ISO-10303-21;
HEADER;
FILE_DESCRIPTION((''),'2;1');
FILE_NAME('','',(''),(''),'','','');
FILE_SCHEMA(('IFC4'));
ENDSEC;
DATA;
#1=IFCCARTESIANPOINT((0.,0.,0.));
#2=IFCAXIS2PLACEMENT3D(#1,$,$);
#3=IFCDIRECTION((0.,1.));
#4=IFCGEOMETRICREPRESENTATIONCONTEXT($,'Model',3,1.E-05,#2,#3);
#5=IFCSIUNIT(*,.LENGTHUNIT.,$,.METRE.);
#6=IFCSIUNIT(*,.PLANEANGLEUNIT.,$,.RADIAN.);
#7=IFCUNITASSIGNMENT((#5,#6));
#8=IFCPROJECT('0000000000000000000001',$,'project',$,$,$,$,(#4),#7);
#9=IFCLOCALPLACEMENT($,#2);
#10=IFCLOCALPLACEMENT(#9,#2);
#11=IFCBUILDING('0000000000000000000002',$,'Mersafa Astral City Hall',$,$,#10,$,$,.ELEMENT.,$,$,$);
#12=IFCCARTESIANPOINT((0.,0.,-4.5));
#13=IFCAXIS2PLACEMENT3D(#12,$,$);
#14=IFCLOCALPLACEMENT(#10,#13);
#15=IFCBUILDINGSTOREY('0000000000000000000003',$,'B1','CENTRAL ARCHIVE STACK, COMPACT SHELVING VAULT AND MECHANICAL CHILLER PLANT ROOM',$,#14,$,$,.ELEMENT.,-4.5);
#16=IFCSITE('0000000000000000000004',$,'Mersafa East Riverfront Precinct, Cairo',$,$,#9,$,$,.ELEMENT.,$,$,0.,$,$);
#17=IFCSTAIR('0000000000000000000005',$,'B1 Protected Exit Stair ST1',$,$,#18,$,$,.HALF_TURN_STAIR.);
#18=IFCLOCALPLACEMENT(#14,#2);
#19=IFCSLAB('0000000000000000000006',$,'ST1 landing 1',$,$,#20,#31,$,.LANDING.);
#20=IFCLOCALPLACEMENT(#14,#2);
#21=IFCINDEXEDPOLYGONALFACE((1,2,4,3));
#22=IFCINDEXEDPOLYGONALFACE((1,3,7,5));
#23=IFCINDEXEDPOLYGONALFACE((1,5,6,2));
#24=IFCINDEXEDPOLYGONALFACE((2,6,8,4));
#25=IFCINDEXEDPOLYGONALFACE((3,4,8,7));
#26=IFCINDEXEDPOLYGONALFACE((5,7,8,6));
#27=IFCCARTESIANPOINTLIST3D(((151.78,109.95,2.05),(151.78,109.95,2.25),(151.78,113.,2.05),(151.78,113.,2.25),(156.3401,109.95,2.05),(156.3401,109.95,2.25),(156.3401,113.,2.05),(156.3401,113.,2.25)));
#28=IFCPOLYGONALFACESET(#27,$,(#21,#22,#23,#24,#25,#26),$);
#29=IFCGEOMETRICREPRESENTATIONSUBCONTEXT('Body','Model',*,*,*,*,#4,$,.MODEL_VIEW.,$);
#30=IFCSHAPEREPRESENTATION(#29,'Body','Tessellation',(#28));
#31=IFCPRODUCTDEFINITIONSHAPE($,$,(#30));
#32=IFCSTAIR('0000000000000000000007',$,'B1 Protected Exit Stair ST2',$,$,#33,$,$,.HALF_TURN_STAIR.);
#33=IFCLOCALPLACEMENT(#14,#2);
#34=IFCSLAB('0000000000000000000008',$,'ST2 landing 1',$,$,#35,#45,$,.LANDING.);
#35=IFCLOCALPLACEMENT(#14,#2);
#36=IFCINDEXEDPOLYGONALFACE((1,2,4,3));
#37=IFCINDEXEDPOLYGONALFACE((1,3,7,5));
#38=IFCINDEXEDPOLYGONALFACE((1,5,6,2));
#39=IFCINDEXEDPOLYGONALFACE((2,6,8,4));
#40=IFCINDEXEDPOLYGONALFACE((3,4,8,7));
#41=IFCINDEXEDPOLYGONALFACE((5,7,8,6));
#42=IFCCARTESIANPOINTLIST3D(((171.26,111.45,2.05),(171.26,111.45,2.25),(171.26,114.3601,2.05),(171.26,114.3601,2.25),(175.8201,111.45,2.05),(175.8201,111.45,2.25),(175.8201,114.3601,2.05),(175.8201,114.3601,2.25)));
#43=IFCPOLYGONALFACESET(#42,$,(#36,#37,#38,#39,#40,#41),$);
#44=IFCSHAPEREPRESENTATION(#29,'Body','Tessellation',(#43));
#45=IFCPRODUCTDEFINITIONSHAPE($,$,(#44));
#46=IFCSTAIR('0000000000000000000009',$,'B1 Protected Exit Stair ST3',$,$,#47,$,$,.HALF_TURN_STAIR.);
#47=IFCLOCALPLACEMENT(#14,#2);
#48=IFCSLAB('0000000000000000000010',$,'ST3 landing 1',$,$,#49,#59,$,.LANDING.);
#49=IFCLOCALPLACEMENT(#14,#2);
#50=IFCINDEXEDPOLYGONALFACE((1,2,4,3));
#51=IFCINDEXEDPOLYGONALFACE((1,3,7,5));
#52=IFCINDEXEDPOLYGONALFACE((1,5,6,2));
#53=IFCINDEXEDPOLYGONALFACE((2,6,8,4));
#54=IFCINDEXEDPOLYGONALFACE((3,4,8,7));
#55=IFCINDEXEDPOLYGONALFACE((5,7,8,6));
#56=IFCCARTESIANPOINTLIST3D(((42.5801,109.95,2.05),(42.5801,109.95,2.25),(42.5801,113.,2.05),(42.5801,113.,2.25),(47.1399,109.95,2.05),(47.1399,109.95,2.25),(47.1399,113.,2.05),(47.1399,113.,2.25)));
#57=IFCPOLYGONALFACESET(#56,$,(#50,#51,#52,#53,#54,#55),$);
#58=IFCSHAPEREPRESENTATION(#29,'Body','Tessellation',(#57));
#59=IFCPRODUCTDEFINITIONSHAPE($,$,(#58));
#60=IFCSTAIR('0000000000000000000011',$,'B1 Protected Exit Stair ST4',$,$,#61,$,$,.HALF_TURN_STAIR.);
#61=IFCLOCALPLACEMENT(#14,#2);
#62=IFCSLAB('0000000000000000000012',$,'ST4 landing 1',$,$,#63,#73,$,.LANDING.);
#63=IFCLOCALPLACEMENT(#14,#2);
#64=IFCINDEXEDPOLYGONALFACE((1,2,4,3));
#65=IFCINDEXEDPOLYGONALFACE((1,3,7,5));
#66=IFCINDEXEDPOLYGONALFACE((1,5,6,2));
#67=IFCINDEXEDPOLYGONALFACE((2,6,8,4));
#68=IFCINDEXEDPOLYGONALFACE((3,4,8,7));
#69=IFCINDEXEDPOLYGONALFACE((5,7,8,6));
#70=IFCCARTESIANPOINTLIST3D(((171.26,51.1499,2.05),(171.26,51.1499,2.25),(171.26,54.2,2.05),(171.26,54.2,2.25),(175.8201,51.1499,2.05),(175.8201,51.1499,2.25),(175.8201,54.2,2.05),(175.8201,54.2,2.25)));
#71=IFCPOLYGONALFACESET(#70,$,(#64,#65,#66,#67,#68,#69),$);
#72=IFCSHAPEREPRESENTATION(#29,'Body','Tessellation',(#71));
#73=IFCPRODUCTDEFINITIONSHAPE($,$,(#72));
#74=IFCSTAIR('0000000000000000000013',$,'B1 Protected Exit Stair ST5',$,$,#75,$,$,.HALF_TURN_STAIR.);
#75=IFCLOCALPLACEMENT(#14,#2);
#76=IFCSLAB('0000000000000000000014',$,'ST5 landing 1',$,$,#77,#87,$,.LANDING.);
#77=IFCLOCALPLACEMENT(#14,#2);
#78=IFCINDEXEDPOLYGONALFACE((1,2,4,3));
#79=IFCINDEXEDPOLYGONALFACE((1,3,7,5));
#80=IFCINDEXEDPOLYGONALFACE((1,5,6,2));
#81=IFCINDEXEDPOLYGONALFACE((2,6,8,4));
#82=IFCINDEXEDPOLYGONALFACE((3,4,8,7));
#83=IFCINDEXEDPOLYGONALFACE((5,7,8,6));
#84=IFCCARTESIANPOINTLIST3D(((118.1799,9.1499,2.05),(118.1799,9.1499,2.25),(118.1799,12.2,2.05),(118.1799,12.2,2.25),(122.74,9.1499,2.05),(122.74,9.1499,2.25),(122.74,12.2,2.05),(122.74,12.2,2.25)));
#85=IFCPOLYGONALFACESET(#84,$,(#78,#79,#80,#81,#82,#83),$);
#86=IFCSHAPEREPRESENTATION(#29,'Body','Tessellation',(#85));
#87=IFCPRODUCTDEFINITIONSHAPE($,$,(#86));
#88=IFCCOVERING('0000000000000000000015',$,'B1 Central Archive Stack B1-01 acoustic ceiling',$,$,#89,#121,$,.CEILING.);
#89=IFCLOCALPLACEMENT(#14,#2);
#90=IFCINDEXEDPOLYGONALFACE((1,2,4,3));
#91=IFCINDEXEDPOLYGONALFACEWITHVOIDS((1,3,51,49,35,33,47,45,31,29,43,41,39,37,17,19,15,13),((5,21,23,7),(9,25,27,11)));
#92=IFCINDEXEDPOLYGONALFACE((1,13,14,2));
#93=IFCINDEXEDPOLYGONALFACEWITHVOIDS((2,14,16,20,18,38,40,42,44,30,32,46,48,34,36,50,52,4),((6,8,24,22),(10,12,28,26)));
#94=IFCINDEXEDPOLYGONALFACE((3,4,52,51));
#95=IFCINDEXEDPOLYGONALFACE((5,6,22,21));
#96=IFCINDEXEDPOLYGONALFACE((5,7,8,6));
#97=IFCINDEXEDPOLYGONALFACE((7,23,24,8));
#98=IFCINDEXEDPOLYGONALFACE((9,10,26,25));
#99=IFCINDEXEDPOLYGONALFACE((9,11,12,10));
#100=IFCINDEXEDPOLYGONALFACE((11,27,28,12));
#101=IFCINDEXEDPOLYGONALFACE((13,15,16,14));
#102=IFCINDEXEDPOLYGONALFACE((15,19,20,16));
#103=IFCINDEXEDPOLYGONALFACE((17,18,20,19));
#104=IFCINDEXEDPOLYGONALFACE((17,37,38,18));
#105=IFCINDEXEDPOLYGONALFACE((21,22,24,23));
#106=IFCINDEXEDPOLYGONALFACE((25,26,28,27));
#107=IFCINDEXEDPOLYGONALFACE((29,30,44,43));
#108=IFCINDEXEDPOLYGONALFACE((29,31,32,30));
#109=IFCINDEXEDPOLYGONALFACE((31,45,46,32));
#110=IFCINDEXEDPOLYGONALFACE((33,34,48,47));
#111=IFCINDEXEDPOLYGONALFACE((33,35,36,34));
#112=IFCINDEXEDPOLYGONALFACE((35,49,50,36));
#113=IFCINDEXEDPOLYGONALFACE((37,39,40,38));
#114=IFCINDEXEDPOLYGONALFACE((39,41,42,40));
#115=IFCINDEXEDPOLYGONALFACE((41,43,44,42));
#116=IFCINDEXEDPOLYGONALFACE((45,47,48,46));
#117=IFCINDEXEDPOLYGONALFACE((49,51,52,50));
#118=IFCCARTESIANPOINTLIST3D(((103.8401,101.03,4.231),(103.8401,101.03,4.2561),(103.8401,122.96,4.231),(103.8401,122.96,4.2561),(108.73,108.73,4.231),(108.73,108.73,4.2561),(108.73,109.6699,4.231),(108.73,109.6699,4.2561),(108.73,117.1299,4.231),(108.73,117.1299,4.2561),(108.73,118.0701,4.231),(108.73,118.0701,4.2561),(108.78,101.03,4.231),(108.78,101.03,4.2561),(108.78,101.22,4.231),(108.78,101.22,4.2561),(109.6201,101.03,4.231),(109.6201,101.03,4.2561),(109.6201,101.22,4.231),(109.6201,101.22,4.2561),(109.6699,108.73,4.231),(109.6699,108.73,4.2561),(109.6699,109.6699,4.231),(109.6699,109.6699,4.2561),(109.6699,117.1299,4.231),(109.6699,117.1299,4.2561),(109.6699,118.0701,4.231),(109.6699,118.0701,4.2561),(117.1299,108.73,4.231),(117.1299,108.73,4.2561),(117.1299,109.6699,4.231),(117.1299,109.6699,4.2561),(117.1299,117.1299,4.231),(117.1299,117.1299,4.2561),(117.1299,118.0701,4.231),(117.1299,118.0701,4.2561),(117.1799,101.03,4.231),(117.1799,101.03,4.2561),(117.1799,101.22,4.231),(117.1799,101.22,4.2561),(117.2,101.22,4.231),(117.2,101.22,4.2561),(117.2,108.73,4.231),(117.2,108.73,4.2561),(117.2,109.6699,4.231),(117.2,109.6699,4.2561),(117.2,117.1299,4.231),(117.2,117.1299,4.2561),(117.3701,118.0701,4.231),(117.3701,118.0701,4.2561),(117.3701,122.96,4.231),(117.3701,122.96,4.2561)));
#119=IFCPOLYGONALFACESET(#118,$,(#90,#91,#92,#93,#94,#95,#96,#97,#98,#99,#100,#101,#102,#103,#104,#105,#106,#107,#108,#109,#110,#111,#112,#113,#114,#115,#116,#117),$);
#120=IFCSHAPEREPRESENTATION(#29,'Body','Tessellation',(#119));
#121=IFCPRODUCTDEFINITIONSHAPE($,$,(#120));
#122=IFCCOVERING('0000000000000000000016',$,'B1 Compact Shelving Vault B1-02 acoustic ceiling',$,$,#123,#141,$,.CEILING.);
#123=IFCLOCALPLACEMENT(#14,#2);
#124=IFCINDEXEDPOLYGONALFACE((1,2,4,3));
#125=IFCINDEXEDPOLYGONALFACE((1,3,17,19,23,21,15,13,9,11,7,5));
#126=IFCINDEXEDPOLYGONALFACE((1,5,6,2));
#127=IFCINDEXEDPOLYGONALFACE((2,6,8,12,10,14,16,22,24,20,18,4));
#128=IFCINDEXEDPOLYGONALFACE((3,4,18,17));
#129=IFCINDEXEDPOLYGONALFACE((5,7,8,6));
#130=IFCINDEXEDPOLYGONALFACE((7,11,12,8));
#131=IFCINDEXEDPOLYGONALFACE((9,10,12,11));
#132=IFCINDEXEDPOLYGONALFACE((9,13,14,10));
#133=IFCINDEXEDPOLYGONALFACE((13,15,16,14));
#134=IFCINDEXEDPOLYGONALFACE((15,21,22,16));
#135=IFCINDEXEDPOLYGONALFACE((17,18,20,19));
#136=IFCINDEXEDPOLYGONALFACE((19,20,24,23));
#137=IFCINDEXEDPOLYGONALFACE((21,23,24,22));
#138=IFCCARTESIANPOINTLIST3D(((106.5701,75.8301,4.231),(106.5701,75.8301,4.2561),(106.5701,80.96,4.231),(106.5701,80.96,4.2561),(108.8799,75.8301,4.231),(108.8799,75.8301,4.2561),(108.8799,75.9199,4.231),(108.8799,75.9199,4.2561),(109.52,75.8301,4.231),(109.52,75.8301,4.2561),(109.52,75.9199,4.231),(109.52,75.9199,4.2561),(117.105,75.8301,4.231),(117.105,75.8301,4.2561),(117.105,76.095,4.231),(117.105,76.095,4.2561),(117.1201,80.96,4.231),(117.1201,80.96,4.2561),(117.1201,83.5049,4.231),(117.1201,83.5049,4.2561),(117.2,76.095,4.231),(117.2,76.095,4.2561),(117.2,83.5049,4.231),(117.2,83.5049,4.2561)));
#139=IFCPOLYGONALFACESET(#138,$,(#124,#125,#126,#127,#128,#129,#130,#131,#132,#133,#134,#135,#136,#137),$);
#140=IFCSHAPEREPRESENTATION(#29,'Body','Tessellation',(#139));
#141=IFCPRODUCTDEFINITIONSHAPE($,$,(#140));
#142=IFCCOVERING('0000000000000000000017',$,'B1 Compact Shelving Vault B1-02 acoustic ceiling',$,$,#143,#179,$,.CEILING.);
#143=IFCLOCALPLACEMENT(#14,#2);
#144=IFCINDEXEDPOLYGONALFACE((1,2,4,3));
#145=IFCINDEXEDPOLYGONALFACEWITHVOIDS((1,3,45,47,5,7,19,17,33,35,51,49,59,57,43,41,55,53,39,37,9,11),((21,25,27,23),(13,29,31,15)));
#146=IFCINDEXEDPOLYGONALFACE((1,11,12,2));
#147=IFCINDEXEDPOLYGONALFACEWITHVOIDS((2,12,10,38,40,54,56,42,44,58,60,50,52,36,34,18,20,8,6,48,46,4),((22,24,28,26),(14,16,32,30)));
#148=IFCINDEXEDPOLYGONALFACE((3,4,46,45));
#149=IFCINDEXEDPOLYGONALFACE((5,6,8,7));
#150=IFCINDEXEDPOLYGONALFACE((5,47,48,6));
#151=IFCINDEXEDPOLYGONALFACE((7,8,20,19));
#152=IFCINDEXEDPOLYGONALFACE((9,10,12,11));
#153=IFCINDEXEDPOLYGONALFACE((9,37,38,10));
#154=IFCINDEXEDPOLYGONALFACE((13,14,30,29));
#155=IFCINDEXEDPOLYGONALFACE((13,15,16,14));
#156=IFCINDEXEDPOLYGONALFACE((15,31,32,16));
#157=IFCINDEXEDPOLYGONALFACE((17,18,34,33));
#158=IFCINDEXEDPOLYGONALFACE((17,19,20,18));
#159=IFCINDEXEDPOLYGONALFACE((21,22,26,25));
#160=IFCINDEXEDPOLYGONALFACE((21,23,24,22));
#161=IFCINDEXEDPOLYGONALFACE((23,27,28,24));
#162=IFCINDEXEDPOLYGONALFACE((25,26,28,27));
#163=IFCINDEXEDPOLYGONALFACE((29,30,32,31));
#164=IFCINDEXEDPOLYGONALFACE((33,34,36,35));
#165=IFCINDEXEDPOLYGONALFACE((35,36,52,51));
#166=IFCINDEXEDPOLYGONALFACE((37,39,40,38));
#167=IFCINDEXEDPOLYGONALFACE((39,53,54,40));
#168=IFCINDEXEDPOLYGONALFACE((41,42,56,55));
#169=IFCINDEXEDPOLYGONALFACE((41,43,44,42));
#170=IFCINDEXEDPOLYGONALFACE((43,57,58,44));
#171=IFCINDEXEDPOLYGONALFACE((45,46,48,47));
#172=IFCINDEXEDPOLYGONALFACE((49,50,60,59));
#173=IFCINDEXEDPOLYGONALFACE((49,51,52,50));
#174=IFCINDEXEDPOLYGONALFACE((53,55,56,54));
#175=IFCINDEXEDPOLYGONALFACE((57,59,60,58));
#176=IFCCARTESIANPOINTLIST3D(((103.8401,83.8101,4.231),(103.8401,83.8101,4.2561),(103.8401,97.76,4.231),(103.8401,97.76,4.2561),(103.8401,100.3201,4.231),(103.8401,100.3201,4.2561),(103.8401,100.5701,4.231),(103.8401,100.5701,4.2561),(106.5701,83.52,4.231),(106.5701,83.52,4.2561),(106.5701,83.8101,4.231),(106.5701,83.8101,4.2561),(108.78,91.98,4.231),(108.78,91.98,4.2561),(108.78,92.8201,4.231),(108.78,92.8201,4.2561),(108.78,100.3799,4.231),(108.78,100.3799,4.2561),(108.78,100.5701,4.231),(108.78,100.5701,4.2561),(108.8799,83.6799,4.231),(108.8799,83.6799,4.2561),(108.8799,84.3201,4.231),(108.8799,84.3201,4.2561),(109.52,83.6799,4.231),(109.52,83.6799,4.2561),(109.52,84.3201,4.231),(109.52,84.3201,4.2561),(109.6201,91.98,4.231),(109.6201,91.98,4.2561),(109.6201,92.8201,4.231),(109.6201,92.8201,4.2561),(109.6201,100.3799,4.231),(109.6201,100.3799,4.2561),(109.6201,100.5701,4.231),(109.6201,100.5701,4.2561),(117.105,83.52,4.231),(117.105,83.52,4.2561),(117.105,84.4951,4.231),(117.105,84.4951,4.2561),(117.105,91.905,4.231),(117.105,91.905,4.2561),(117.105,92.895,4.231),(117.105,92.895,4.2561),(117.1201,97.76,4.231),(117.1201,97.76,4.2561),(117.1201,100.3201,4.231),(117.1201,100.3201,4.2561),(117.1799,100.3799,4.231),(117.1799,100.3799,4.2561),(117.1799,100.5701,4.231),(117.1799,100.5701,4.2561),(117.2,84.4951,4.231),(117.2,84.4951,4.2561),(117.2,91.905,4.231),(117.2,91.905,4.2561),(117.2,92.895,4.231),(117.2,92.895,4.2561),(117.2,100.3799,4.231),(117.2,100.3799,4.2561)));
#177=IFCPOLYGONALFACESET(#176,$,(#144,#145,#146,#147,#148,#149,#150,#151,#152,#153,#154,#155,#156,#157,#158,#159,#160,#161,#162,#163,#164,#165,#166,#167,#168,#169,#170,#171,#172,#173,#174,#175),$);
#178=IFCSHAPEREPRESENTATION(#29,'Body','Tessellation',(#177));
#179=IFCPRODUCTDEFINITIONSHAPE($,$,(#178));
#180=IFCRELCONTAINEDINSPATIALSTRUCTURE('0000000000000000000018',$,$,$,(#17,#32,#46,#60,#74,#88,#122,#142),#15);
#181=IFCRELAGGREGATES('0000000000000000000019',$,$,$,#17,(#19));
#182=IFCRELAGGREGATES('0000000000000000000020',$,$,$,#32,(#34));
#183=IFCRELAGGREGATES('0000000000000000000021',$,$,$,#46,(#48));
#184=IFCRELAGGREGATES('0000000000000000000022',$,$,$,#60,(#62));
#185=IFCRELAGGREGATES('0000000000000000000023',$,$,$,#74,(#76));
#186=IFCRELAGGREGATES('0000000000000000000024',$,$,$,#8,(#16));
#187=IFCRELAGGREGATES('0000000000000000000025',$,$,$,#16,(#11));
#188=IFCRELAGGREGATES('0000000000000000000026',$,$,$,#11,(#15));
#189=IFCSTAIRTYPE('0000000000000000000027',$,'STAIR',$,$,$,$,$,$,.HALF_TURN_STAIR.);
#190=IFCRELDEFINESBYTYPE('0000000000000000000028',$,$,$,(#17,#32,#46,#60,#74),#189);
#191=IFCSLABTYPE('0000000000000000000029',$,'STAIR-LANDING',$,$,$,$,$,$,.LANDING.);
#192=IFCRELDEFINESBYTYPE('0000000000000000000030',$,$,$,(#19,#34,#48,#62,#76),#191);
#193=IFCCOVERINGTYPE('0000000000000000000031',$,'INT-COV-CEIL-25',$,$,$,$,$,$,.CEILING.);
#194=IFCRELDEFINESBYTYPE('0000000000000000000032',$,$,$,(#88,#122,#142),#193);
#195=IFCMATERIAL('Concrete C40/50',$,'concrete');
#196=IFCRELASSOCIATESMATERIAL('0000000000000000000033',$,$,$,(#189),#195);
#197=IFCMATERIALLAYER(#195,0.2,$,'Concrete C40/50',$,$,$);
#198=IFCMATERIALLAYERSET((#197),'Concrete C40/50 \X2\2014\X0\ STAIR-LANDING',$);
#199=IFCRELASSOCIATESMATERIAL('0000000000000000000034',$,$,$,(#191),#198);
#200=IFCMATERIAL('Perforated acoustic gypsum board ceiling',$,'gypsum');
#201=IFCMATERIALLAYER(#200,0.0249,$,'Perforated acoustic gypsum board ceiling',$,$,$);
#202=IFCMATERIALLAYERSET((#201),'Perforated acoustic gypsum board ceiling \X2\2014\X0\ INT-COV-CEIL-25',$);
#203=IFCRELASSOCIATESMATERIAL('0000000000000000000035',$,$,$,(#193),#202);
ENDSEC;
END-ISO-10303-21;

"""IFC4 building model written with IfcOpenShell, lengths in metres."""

from ifc_helpers import new_model, si_unit, direction, frame, origin, place, context, subcontext, project, spatial, polyline, outline, extrude, material, layer, layer_set, type_object, element, aggregate, save


model = new_model("IFC4")

# Units and contexts
model_context = context("Model", 3, precision=1e-05, world=origin(), true_north=direction((0.0, 1.0)))
body_context = subcontext(model_context, "Body", "Model", "MODEL_VIEW")
ifc_project = project(units=[si_unit("LENGTHUNIT", "METRE"), si_unit("PLANEANGLEUNIT", "RADIAN")], contexts=[model_context])

# Site, building, storey
site_placement = place(None, origin())
site = spatial("IfcSite", under=ifc_project, at=site_placement, Name="Mersafa East Riverfront Precinct, Cairo", CompositionType="ELEMENT", RefElevation=0.0)
building_placement = place(site_placement, origin())
building = spatial("IfcBuilding", under=site, at=building_placement, Name="Mersafa Astral City Hall", CompositionType="ELEMENT")
storey_placement = place(building_placement, frame((0.0, 0.0, -4.5)))
storey = spatial("IfcBuildingStorey", under=building, at=storey_placement, Name="B1", Description="CENTRAL ARCHIVE STACK, COMPACT SHELVING VAULT AND MECHANICAL CHILLER PLANT ROOM", CompositionType="ELEMENT", Elevation=-4.5)

# Stairs, slabs
ifc_material_1 = material(Name="Concrete C40/50", Category="concrete")
stair_type = type_object("IfcStairType", Name="STAIR", PredefinedType="HALF_TURN_STAIR", material=ifc_material_1)
stair_1_placement = place(storey_placement, origin())
stair_1 = element("IfcStair", 1, at=stair_1_placement, inside=storey, type_object=stair_type, Name="B1 Protected Exit Stair ST1", PredefinedType="HALF_TURN_STAIR")
ifc_layer_1 = layer(ifc_material_1, 0.2, Name="Concrete C40/50")
ifc_layer_set_1 = layer_set([ifc_layer_1], Name="Concrete C40/50 — STAIR-LANDING")
slab_type = type_object("IfcSlabType", Name="STAIR-LANDING", PredefinedType="LANDING", material=ifc_layer_set_1)
slab_1_placement = place(storey_placement, frame((0.0, 0.0, 2.05)))
slab_1 = element("IfcSlab", 2, at=slab_1_placement, type_object=slab_type, Name="ST1 landing 1", PredefinedType="LANDING", context=body_context, shape_type="SweptSolid", body=[
    extrude(outline(polyline([(151.78, 113.0), (151.78, 109.95), (156.3401, 109.95), (156.3401, 113.0), (151.78, 113.0)])), origin(), (0.0, 0.0, 1.0), 0.2),
])
aggregate(stair_1, [slab_1])
stair_2_placement = place(storey_placement, origin())
stair_2 = element("IfcStair", 3, at=stair_2_placement, inside=storey, type_object=stair_type, Name="B1 Protected Exit Stair ST2", PredefinedType="HALF_TURN_STAIR")
slab_2_placement = place(storey_placement, frame((0.0, 0.0, 2.05)))
slab_2 = element("IfcSlab", 4, at=slab_2_placement, type_object=slab_type, Name="ST2 landing 1", PredefinedType="LANDING", context=body_context, shape_type="SweptSolid", body=[
    extrude(outline(polyline([(171.26, 114.3601), (171.26, 111.45), (175.8201, 111.45), (175.8201, 114.3601), (171.26, 114.3601)])), origin(), (0.0, 0.0, 1.0), 0.2),
])
aggregate(stair_2, [slab_2])
stair_3_placement = place(storey_placement, origin())
stair_3 = element("IfcStair", 5, at=stair_3_placement, inside=storey, type_object=stair_type, Name="B1 Protected Exit Stair ST3", PredefinedType="HALF_TURN_STAIR")
slab_3_placement = place(storey_placement, frame((0.0, 0.0, 2.05)))
slab_3 = element("IfcSlab", 6, at=slab_3_placement, type_object=slab_type, Name="ST3 landing 1", PredefinedType="LANDING", context=body_context, shape_type="SweptSolid", body=[
    extrude(outline(polyline([(42.5801, 113.0), (42.5801, 109.95), (47.1399, 109.95), (47.1399, 113.0), (42.5801, 113.0)])), origin(), (0.0, 0.0, 1.0), 0.2),
])
aggregate(stair_3, [slab_3])
stair_4_placement = place(storey_placement, origin())
stair_4 = element("IfcStair", 7, at=stair_4_placement, inside=storey, type_object=stair_type, Name="B1 Protected Exit Stair ST4", PredefinedType="HALF_TURN_STAIR")
slab_4_placement = place(storey_placement, frame((0.0, 0.0, 2.05)))
slab_4 = element("IfcSlab", 8, at=slab_4_placement, type_object=slab_type, Name="ST4 landing 1", PredefinedType="LANDING", context=body_context, shape_type="SweptSolid", body=[
    extrude(outline(polyline([(171.26, 54.2), (171.26, 51.1499), (175.8201, 51.1499), (175.8201, 54.2), (171.26, 54.2)])), origin(), (0.0, 0.0, 1.0), 0.2),
])
aggregate(stair_4, [slab_4])
stair_5_placement = place(storey_placement, origin())
stair_5 = element("IfcStair", 9, at=stair_5_placement, inside=storey, type_object=stair_type, Name="B1 Protected Exit Stair ST5", PredefinedType="HALF_TURN_STAIR")
slab_5_placement = place(storey_placement, frame((0.0, 0.0, 2.05)))
slab_5 = element("IfcSlab", 10, at=slab_5_placement, type_object=slab_type, Name="ST5 landing 1", PredefinedType="LANDING", context=body_context, shape_type="SweptSolid", body=[
    extrude(outline(polyline([(118.1799, 12.2), (118.1799, 9.1499), (122.74, 9.1499), (122.74, 12.2), (118.1799, 12.2)])), origin(), (0.0, 0.0, 1.0), 0.2),
])
aggregate(stair_5, [slab_5])

# Coverings
ifc_material_2 = material(Name="Perforated acoustic gypsum board ceiling", Category="gypsum")
ifc_layer_2 = layer(ifc_material_2, 0.0249, Name="Perforated acoustic gypsum board ceiling")
ifc_layer_set_2 = layer_set([ifc_layer_2], Name="Perforated acoustic gypsum board ceiling — INT-COV-CEIL-25")
covering_type = type_object("IfcCoveringType", Name="INT-COV-CEIL-25", PredefinedType="CEILING", material=ifc_layer_set_2)
covering_1_placement = place(storey_placement, frame((0.0, 0.0, 4.231)))
element("IfcCovering", 11, at=covering_1_placement, inside=storey, type_object=covering_type, Name="B1 Central Archive Stack B1-01 acoustic ceiling", PredefinedType="CEILING", context=body_context, shape_type="SweptSolid", body=[
    extrude(outline(polyline([(117.1799, 101.22), (117.1799, 101.03), (109.6201, 101.03), (109.6201, 101.22), (108.78, 101.22), (108.78, 101.03), (103.8401, 101.03), (103.8401, 122.96), (117.3701, 122.96), (117.3701, 118.0701), (117.1299, 118.0701), (117.1299, 117.1299), (117.2, 117.1299), (117.2, 109.6699), (117.1299, 109.6699), (117.1299, 108.73), (117.2, 108.73), (117.2, 101.22), (117.1799, 101.22)]), holes=[polyline([(108.73, 108.73), (109.6699, 108.73), (109.6699, 109.6699), (108.73, 109.6699), (108.73, 108.73)]), polyline([(108.73, 117.1299), (109.6699, 117.1299), (109.6699, 118.0701), (108.73, 118.0701), (108.73, 117.1299)])]), origin(), (0.0, 0.0, 1.0), 0.0251),
])
covering_2_placement = place(storey_placement, frame((0.0, 0.0, 4.231)))
element("IfcCovering", 12, at=covering_2_placement, inside=storey, type_object=covering_type, Name="B1 Compact Shelving Vault B1-02 acoustic ceiling", PredefinedType="CEILING", context=body_context, shape_type="SweptSolid", body=[
    extrude(outline(polyline([(106.5701, 75.8301), (106.5701, 80.96), (117.1201, 80.96), (117.1201, 83.5049), (117.2, 83.5049), (117.2, 76.095), (117.105, 76.095), (117.105, 75.8301), (109.52, 75.8301), (109.52, 75.9199), (108.8799, 75.9199), (108.8799, 75.8301), (106.5701, 75.8301)])), origin(), (0.0, 0.0, 1.0), 0.0251),
])
covering_3_placement = place(storey_placement, frame((0.0, 0.0, 4.231)))
element("IfcCovering", 13, at=covering_3_placement, inside=storey, type_object=covering_type, Name="B1 Compact Shelving Vault B1-02 acoustic ceiling", PredefinedType="CEILING", context=body_context, shape_type="SweptSolid", body=[
    extrude(outline(polyline([(106.5701, 83.52), (106.5701, 83.8101), (103.8401, 83.8101), (103.8401, 97.76), (117.1201, 97.76), (117.1201, 100.3201), (103.8401, 100.3201), (103.8401, 100.5701), (108.78, 100.5701), (108.78, 100.3799), (109.6201, 100.3799), (109.6201, 100.5701), (117.1799, 100.5701), (117.1799, 100.3799), (117.2, 100.3799), (117.2, 92.895), (117.105, 92.895), (117.105, 91.905), (117.2, 91.905), (117.2, 84.4951), (117.105, 84.4951), (117.105, 83.52), (106.5701, 83.52)]), holes=[polyline([(108.78, 91.98), (109.6201, 91.98), (109.6201, 92.8201), (108.78, 92.8201), (108.78, 91.98)]), polyline([(108.8799, 83.6799), (109.52, 83.6799), (109.52, 84.3201), (108.8799, 84.3201), (108.8799, 83.6799)])]), origin(), (0.0, 0.0, 1.0), 0.0251),
])

save(model, "model.ifc")
